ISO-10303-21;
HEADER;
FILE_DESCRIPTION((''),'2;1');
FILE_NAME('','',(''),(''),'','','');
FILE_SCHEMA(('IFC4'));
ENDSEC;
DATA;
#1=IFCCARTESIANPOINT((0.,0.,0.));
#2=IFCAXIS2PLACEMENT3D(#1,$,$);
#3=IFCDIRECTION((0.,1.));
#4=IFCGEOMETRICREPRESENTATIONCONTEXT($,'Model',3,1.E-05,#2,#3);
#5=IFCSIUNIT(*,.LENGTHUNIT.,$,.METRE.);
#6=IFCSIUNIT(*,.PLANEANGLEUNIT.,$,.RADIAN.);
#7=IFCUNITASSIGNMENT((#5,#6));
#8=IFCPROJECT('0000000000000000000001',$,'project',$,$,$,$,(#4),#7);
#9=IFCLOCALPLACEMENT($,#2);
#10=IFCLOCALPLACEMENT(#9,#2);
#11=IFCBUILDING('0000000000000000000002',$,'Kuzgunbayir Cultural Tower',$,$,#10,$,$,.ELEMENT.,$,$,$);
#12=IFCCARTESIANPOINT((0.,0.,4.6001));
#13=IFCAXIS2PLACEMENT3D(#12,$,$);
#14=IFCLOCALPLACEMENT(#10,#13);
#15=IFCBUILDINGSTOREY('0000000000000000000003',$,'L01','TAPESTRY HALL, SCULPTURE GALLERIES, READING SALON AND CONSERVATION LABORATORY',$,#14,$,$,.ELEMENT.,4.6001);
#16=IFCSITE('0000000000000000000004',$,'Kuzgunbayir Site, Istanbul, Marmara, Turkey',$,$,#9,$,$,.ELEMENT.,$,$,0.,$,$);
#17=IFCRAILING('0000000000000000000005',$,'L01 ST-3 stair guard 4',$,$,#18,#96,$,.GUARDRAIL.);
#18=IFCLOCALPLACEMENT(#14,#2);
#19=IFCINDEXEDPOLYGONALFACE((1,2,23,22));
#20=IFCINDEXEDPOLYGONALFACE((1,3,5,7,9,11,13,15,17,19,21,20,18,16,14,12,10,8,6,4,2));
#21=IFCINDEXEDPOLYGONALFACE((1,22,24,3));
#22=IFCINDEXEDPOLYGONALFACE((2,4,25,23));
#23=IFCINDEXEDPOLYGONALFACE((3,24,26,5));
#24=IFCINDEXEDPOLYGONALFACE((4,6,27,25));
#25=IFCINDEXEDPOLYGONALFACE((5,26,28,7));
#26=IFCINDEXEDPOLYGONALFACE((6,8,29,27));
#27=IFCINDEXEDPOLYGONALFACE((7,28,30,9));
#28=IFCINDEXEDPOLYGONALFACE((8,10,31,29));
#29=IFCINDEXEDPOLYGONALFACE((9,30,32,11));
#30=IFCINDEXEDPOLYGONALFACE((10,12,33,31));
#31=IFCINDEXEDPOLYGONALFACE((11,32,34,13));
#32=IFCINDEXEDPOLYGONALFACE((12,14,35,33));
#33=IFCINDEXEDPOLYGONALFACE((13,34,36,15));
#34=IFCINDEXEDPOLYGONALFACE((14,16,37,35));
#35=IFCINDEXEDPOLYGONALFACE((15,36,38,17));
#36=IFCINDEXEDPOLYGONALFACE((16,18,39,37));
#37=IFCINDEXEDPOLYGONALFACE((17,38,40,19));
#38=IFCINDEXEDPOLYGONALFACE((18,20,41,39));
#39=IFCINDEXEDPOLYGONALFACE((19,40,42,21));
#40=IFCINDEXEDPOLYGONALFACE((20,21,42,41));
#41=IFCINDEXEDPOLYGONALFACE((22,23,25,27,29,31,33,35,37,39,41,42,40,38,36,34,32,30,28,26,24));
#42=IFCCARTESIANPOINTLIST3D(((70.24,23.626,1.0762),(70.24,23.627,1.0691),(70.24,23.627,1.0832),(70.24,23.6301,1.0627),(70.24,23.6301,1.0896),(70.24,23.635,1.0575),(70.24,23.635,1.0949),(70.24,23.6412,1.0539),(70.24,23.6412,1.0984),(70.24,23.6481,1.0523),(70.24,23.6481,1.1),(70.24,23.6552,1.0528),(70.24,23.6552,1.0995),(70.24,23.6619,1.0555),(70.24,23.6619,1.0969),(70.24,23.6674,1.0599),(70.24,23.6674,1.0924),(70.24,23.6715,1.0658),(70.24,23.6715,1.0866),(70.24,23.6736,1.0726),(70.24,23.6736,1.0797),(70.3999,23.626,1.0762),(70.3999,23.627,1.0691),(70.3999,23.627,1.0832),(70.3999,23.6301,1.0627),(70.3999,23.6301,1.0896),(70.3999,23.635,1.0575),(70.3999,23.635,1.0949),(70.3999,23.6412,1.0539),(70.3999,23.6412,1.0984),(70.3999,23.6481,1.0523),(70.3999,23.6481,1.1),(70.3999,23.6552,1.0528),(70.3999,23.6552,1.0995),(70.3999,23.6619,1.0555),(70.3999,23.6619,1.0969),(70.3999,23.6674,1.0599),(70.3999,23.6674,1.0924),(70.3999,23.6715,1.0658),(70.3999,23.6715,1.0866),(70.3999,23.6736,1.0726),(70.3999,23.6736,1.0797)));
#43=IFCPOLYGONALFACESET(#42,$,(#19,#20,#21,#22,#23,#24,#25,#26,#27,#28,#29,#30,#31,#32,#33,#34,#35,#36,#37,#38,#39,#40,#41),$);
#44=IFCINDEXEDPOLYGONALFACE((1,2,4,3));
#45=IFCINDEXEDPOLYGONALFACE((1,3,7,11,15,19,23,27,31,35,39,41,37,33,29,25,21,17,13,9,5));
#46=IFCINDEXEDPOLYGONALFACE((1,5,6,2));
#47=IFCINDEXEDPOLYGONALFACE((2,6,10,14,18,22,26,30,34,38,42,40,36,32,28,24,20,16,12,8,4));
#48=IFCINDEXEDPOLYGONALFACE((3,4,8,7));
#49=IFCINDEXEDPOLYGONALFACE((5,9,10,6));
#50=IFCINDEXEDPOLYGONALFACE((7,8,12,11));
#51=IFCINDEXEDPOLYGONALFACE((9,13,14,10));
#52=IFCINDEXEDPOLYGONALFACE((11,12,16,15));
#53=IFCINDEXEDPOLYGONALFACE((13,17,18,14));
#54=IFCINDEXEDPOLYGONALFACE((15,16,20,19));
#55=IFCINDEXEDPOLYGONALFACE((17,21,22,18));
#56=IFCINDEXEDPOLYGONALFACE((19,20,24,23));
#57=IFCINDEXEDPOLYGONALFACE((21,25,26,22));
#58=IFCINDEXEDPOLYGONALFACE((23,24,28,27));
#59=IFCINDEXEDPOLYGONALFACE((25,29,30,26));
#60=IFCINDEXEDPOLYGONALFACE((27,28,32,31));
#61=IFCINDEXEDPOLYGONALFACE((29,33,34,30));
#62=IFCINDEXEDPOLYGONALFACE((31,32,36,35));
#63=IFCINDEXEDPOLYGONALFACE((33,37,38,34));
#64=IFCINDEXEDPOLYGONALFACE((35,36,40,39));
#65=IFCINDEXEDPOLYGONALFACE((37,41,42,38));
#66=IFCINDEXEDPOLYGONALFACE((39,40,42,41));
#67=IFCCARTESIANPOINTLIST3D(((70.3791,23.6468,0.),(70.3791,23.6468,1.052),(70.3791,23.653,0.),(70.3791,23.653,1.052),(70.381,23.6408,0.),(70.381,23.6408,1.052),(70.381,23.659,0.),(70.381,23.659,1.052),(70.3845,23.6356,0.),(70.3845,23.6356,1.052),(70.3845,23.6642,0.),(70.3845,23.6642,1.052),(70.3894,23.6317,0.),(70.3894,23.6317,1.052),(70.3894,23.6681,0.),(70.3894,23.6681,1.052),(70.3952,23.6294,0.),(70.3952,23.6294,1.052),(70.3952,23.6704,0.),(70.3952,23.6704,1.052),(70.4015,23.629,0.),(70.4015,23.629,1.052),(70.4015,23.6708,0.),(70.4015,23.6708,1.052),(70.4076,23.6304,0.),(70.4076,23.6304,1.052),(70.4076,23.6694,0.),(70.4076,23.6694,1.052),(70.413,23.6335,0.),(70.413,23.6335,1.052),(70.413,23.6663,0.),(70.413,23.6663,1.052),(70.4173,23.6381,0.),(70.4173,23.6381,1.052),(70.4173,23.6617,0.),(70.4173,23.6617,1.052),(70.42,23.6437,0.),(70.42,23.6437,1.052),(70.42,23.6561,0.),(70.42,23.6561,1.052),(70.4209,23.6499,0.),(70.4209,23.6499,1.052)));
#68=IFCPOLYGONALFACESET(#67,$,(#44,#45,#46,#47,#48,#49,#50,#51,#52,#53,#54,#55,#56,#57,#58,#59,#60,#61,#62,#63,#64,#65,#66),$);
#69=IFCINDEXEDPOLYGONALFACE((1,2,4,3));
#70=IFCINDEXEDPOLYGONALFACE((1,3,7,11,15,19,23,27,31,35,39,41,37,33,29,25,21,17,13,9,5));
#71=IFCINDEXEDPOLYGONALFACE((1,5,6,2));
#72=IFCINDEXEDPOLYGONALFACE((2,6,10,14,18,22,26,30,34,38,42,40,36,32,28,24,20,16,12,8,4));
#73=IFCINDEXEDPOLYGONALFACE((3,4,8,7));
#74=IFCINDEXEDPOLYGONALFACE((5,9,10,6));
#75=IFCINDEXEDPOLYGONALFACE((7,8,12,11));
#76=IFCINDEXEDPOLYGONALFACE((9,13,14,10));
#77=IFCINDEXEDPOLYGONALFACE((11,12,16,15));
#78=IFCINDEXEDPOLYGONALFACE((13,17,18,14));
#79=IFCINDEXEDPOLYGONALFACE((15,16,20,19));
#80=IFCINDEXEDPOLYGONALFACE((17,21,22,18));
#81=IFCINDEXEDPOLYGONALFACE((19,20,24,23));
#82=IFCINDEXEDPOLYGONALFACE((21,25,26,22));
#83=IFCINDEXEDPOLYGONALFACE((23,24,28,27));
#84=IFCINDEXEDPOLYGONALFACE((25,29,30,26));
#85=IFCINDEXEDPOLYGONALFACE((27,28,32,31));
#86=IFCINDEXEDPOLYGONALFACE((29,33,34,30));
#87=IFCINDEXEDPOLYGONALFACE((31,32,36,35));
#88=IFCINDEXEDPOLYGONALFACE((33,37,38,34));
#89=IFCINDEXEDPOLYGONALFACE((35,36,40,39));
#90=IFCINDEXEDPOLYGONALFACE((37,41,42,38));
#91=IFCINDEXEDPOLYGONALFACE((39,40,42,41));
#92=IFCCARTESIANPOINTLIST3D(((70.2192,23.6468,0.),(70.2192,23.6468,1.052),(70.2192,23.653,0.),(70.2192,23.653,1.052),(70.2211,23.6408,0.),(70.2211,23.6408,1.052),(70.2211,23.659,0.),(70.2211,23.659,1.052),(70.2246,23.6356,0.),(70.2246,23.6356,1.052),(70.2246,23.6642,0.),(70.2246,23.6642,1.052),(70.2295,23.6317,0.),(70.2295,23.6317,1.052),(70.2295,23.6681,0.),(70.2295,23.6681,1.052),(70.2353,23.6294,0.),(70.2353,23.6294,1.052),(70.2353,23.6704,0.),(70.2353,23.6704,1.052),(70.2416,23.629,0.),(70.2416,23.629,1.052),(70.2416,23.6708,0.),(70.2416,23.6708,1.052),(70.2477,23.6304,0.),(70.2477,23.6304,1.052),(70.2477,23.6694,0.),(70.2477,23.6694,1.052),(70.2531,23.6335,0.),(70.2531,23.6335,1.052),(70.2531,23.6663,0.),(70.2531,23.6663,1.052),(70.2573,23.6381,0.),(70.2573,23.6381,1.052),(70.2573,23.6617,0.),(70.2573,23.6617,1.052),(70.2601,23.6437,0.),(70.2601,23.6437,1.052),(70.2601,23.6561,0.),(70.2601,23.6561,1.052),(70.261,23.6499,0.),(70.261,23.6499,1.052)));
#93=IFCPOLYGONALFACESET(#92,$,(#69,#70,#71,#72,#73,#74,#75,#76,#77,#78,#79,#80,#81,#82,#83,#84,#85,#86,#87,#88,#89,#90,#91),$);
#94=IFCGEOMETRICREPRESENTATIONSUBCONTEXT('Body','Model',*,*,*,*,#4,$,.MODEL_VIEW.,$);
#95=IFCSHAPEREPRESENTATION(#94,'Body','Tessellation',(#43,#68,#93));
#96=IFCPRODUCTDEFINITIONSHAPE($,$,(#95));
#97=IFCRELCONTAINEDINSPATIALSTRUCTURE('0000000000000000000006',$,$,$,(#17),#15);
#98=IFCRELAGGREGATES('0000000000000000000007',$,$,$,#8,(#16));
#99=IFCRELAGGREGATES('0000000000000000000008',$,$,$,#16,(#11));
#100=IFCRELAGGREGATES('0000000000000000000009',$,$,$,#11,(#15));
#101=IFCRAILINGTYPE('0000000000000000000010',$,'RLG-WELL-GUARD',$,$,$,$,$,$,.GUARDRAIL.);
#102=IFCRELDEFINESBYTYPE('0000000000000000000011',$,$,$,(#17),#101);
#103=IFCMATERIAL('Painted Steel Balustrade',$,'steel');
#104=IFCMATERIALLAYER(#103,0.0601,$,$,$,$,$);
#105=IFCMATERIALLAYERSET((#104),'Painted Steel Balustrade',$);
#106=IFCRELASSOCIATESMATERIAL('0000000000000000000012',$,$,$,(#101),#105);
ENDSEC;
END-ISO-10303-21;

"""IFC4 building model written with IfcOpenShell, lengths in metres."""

from ifc_helpers import new_model, si_unit, direction, frame, origin, origin_2d, place, context, subcontext, project, spatial, circle, extrude, material, layer, layer_set, type_object, element, save


model = new_model("IFC4")

# Units and contexts
model_context = context("Model", 3, precision=1e-05, world=origin(), true_north=direction((0.0, 1.0)))
body_context = subcontext(model_context, "Body", "Model", "MODEL_VIEW")
ifc_project = project(units=[si_unit("LENGTHUNIT", "METRE"), si_unit("PLANEANGLEUNIT", "RADIAN")], contexts=[model_context])

# Site, building, storey
site_placement = place(None, origin())
site = spatial("IfcSite", under=ifc_project, at=site_placement, Name="Kuzgunbayir Site, Istanbul, Marmara, Turkey", CompositionType="ELEMENT", RefElevation=0.0)
building_placement = place(site_placement, origin())
building = spatial("IfcBuilding", under=site, at=building_placement, Name="Kuzgunbayir Cultural Tower", CompositionType="ELEMENT")
storey_placement = place(building_placement, frame((0.0, 0.0, 4.6001)))
storey = spatial("IfcBuildingStorey", under=building, at=storey_placement, Name="L01", Description="TAPESTRY HALL, SCULPTURE GALLERIES, READING SALON AND CONSERVATION LABORATORY", CompositionType="ELEMENT", Elevation=4.6001)

# Railing
ifc_material_1 = material(Name="Painted Steel Balustrade", Category="steel")
ifc_layer_1 = layer(ifc_material_1, 0.0601)
ifc_layer_set_1 = layer_set([ifc_layer_1], Name="Painted Steel Balustrade")
railing_type_1 = type_object("IfcRailingType", Name="RLG-WELL-GUARD", PredefinedType="GUARDRAIL", material=ifc_layer_set_1)
railing_1_placement = place(storey_placement, frame((70.3999, 23.6499, 0.0)))
element("IfcRailing", 1, at=railing_1_placement, inside=storey, type_object=railing_type_1, Name="L01 ST-3 stair guard 4", PredefinedType="GUARDRAIL", context=body_context, shape_type="SweptSolid", body=[
    extrude(circle(Radius=0.0239, at=origin_2d()), frame((0.0, 0.0, 1.0762), z_axis=(-1.0, 0.0, 0.0), x_axis=(0.0, -1.0, 0.0)), (0.0, 0.0, 1.0), 0.1599),
    extrude(circle(Radius=0.021, at=origin_2d()), origin(), (0.0, 0.0, 1.0), 1.052),
    extrude(circle(Radius=0.021, at=origin_2d()), frame((-0.1599, 0.0, 0.0)), (0.0, 0.0, 1.0), 1.052),
])

save(model, "model.ifc")
